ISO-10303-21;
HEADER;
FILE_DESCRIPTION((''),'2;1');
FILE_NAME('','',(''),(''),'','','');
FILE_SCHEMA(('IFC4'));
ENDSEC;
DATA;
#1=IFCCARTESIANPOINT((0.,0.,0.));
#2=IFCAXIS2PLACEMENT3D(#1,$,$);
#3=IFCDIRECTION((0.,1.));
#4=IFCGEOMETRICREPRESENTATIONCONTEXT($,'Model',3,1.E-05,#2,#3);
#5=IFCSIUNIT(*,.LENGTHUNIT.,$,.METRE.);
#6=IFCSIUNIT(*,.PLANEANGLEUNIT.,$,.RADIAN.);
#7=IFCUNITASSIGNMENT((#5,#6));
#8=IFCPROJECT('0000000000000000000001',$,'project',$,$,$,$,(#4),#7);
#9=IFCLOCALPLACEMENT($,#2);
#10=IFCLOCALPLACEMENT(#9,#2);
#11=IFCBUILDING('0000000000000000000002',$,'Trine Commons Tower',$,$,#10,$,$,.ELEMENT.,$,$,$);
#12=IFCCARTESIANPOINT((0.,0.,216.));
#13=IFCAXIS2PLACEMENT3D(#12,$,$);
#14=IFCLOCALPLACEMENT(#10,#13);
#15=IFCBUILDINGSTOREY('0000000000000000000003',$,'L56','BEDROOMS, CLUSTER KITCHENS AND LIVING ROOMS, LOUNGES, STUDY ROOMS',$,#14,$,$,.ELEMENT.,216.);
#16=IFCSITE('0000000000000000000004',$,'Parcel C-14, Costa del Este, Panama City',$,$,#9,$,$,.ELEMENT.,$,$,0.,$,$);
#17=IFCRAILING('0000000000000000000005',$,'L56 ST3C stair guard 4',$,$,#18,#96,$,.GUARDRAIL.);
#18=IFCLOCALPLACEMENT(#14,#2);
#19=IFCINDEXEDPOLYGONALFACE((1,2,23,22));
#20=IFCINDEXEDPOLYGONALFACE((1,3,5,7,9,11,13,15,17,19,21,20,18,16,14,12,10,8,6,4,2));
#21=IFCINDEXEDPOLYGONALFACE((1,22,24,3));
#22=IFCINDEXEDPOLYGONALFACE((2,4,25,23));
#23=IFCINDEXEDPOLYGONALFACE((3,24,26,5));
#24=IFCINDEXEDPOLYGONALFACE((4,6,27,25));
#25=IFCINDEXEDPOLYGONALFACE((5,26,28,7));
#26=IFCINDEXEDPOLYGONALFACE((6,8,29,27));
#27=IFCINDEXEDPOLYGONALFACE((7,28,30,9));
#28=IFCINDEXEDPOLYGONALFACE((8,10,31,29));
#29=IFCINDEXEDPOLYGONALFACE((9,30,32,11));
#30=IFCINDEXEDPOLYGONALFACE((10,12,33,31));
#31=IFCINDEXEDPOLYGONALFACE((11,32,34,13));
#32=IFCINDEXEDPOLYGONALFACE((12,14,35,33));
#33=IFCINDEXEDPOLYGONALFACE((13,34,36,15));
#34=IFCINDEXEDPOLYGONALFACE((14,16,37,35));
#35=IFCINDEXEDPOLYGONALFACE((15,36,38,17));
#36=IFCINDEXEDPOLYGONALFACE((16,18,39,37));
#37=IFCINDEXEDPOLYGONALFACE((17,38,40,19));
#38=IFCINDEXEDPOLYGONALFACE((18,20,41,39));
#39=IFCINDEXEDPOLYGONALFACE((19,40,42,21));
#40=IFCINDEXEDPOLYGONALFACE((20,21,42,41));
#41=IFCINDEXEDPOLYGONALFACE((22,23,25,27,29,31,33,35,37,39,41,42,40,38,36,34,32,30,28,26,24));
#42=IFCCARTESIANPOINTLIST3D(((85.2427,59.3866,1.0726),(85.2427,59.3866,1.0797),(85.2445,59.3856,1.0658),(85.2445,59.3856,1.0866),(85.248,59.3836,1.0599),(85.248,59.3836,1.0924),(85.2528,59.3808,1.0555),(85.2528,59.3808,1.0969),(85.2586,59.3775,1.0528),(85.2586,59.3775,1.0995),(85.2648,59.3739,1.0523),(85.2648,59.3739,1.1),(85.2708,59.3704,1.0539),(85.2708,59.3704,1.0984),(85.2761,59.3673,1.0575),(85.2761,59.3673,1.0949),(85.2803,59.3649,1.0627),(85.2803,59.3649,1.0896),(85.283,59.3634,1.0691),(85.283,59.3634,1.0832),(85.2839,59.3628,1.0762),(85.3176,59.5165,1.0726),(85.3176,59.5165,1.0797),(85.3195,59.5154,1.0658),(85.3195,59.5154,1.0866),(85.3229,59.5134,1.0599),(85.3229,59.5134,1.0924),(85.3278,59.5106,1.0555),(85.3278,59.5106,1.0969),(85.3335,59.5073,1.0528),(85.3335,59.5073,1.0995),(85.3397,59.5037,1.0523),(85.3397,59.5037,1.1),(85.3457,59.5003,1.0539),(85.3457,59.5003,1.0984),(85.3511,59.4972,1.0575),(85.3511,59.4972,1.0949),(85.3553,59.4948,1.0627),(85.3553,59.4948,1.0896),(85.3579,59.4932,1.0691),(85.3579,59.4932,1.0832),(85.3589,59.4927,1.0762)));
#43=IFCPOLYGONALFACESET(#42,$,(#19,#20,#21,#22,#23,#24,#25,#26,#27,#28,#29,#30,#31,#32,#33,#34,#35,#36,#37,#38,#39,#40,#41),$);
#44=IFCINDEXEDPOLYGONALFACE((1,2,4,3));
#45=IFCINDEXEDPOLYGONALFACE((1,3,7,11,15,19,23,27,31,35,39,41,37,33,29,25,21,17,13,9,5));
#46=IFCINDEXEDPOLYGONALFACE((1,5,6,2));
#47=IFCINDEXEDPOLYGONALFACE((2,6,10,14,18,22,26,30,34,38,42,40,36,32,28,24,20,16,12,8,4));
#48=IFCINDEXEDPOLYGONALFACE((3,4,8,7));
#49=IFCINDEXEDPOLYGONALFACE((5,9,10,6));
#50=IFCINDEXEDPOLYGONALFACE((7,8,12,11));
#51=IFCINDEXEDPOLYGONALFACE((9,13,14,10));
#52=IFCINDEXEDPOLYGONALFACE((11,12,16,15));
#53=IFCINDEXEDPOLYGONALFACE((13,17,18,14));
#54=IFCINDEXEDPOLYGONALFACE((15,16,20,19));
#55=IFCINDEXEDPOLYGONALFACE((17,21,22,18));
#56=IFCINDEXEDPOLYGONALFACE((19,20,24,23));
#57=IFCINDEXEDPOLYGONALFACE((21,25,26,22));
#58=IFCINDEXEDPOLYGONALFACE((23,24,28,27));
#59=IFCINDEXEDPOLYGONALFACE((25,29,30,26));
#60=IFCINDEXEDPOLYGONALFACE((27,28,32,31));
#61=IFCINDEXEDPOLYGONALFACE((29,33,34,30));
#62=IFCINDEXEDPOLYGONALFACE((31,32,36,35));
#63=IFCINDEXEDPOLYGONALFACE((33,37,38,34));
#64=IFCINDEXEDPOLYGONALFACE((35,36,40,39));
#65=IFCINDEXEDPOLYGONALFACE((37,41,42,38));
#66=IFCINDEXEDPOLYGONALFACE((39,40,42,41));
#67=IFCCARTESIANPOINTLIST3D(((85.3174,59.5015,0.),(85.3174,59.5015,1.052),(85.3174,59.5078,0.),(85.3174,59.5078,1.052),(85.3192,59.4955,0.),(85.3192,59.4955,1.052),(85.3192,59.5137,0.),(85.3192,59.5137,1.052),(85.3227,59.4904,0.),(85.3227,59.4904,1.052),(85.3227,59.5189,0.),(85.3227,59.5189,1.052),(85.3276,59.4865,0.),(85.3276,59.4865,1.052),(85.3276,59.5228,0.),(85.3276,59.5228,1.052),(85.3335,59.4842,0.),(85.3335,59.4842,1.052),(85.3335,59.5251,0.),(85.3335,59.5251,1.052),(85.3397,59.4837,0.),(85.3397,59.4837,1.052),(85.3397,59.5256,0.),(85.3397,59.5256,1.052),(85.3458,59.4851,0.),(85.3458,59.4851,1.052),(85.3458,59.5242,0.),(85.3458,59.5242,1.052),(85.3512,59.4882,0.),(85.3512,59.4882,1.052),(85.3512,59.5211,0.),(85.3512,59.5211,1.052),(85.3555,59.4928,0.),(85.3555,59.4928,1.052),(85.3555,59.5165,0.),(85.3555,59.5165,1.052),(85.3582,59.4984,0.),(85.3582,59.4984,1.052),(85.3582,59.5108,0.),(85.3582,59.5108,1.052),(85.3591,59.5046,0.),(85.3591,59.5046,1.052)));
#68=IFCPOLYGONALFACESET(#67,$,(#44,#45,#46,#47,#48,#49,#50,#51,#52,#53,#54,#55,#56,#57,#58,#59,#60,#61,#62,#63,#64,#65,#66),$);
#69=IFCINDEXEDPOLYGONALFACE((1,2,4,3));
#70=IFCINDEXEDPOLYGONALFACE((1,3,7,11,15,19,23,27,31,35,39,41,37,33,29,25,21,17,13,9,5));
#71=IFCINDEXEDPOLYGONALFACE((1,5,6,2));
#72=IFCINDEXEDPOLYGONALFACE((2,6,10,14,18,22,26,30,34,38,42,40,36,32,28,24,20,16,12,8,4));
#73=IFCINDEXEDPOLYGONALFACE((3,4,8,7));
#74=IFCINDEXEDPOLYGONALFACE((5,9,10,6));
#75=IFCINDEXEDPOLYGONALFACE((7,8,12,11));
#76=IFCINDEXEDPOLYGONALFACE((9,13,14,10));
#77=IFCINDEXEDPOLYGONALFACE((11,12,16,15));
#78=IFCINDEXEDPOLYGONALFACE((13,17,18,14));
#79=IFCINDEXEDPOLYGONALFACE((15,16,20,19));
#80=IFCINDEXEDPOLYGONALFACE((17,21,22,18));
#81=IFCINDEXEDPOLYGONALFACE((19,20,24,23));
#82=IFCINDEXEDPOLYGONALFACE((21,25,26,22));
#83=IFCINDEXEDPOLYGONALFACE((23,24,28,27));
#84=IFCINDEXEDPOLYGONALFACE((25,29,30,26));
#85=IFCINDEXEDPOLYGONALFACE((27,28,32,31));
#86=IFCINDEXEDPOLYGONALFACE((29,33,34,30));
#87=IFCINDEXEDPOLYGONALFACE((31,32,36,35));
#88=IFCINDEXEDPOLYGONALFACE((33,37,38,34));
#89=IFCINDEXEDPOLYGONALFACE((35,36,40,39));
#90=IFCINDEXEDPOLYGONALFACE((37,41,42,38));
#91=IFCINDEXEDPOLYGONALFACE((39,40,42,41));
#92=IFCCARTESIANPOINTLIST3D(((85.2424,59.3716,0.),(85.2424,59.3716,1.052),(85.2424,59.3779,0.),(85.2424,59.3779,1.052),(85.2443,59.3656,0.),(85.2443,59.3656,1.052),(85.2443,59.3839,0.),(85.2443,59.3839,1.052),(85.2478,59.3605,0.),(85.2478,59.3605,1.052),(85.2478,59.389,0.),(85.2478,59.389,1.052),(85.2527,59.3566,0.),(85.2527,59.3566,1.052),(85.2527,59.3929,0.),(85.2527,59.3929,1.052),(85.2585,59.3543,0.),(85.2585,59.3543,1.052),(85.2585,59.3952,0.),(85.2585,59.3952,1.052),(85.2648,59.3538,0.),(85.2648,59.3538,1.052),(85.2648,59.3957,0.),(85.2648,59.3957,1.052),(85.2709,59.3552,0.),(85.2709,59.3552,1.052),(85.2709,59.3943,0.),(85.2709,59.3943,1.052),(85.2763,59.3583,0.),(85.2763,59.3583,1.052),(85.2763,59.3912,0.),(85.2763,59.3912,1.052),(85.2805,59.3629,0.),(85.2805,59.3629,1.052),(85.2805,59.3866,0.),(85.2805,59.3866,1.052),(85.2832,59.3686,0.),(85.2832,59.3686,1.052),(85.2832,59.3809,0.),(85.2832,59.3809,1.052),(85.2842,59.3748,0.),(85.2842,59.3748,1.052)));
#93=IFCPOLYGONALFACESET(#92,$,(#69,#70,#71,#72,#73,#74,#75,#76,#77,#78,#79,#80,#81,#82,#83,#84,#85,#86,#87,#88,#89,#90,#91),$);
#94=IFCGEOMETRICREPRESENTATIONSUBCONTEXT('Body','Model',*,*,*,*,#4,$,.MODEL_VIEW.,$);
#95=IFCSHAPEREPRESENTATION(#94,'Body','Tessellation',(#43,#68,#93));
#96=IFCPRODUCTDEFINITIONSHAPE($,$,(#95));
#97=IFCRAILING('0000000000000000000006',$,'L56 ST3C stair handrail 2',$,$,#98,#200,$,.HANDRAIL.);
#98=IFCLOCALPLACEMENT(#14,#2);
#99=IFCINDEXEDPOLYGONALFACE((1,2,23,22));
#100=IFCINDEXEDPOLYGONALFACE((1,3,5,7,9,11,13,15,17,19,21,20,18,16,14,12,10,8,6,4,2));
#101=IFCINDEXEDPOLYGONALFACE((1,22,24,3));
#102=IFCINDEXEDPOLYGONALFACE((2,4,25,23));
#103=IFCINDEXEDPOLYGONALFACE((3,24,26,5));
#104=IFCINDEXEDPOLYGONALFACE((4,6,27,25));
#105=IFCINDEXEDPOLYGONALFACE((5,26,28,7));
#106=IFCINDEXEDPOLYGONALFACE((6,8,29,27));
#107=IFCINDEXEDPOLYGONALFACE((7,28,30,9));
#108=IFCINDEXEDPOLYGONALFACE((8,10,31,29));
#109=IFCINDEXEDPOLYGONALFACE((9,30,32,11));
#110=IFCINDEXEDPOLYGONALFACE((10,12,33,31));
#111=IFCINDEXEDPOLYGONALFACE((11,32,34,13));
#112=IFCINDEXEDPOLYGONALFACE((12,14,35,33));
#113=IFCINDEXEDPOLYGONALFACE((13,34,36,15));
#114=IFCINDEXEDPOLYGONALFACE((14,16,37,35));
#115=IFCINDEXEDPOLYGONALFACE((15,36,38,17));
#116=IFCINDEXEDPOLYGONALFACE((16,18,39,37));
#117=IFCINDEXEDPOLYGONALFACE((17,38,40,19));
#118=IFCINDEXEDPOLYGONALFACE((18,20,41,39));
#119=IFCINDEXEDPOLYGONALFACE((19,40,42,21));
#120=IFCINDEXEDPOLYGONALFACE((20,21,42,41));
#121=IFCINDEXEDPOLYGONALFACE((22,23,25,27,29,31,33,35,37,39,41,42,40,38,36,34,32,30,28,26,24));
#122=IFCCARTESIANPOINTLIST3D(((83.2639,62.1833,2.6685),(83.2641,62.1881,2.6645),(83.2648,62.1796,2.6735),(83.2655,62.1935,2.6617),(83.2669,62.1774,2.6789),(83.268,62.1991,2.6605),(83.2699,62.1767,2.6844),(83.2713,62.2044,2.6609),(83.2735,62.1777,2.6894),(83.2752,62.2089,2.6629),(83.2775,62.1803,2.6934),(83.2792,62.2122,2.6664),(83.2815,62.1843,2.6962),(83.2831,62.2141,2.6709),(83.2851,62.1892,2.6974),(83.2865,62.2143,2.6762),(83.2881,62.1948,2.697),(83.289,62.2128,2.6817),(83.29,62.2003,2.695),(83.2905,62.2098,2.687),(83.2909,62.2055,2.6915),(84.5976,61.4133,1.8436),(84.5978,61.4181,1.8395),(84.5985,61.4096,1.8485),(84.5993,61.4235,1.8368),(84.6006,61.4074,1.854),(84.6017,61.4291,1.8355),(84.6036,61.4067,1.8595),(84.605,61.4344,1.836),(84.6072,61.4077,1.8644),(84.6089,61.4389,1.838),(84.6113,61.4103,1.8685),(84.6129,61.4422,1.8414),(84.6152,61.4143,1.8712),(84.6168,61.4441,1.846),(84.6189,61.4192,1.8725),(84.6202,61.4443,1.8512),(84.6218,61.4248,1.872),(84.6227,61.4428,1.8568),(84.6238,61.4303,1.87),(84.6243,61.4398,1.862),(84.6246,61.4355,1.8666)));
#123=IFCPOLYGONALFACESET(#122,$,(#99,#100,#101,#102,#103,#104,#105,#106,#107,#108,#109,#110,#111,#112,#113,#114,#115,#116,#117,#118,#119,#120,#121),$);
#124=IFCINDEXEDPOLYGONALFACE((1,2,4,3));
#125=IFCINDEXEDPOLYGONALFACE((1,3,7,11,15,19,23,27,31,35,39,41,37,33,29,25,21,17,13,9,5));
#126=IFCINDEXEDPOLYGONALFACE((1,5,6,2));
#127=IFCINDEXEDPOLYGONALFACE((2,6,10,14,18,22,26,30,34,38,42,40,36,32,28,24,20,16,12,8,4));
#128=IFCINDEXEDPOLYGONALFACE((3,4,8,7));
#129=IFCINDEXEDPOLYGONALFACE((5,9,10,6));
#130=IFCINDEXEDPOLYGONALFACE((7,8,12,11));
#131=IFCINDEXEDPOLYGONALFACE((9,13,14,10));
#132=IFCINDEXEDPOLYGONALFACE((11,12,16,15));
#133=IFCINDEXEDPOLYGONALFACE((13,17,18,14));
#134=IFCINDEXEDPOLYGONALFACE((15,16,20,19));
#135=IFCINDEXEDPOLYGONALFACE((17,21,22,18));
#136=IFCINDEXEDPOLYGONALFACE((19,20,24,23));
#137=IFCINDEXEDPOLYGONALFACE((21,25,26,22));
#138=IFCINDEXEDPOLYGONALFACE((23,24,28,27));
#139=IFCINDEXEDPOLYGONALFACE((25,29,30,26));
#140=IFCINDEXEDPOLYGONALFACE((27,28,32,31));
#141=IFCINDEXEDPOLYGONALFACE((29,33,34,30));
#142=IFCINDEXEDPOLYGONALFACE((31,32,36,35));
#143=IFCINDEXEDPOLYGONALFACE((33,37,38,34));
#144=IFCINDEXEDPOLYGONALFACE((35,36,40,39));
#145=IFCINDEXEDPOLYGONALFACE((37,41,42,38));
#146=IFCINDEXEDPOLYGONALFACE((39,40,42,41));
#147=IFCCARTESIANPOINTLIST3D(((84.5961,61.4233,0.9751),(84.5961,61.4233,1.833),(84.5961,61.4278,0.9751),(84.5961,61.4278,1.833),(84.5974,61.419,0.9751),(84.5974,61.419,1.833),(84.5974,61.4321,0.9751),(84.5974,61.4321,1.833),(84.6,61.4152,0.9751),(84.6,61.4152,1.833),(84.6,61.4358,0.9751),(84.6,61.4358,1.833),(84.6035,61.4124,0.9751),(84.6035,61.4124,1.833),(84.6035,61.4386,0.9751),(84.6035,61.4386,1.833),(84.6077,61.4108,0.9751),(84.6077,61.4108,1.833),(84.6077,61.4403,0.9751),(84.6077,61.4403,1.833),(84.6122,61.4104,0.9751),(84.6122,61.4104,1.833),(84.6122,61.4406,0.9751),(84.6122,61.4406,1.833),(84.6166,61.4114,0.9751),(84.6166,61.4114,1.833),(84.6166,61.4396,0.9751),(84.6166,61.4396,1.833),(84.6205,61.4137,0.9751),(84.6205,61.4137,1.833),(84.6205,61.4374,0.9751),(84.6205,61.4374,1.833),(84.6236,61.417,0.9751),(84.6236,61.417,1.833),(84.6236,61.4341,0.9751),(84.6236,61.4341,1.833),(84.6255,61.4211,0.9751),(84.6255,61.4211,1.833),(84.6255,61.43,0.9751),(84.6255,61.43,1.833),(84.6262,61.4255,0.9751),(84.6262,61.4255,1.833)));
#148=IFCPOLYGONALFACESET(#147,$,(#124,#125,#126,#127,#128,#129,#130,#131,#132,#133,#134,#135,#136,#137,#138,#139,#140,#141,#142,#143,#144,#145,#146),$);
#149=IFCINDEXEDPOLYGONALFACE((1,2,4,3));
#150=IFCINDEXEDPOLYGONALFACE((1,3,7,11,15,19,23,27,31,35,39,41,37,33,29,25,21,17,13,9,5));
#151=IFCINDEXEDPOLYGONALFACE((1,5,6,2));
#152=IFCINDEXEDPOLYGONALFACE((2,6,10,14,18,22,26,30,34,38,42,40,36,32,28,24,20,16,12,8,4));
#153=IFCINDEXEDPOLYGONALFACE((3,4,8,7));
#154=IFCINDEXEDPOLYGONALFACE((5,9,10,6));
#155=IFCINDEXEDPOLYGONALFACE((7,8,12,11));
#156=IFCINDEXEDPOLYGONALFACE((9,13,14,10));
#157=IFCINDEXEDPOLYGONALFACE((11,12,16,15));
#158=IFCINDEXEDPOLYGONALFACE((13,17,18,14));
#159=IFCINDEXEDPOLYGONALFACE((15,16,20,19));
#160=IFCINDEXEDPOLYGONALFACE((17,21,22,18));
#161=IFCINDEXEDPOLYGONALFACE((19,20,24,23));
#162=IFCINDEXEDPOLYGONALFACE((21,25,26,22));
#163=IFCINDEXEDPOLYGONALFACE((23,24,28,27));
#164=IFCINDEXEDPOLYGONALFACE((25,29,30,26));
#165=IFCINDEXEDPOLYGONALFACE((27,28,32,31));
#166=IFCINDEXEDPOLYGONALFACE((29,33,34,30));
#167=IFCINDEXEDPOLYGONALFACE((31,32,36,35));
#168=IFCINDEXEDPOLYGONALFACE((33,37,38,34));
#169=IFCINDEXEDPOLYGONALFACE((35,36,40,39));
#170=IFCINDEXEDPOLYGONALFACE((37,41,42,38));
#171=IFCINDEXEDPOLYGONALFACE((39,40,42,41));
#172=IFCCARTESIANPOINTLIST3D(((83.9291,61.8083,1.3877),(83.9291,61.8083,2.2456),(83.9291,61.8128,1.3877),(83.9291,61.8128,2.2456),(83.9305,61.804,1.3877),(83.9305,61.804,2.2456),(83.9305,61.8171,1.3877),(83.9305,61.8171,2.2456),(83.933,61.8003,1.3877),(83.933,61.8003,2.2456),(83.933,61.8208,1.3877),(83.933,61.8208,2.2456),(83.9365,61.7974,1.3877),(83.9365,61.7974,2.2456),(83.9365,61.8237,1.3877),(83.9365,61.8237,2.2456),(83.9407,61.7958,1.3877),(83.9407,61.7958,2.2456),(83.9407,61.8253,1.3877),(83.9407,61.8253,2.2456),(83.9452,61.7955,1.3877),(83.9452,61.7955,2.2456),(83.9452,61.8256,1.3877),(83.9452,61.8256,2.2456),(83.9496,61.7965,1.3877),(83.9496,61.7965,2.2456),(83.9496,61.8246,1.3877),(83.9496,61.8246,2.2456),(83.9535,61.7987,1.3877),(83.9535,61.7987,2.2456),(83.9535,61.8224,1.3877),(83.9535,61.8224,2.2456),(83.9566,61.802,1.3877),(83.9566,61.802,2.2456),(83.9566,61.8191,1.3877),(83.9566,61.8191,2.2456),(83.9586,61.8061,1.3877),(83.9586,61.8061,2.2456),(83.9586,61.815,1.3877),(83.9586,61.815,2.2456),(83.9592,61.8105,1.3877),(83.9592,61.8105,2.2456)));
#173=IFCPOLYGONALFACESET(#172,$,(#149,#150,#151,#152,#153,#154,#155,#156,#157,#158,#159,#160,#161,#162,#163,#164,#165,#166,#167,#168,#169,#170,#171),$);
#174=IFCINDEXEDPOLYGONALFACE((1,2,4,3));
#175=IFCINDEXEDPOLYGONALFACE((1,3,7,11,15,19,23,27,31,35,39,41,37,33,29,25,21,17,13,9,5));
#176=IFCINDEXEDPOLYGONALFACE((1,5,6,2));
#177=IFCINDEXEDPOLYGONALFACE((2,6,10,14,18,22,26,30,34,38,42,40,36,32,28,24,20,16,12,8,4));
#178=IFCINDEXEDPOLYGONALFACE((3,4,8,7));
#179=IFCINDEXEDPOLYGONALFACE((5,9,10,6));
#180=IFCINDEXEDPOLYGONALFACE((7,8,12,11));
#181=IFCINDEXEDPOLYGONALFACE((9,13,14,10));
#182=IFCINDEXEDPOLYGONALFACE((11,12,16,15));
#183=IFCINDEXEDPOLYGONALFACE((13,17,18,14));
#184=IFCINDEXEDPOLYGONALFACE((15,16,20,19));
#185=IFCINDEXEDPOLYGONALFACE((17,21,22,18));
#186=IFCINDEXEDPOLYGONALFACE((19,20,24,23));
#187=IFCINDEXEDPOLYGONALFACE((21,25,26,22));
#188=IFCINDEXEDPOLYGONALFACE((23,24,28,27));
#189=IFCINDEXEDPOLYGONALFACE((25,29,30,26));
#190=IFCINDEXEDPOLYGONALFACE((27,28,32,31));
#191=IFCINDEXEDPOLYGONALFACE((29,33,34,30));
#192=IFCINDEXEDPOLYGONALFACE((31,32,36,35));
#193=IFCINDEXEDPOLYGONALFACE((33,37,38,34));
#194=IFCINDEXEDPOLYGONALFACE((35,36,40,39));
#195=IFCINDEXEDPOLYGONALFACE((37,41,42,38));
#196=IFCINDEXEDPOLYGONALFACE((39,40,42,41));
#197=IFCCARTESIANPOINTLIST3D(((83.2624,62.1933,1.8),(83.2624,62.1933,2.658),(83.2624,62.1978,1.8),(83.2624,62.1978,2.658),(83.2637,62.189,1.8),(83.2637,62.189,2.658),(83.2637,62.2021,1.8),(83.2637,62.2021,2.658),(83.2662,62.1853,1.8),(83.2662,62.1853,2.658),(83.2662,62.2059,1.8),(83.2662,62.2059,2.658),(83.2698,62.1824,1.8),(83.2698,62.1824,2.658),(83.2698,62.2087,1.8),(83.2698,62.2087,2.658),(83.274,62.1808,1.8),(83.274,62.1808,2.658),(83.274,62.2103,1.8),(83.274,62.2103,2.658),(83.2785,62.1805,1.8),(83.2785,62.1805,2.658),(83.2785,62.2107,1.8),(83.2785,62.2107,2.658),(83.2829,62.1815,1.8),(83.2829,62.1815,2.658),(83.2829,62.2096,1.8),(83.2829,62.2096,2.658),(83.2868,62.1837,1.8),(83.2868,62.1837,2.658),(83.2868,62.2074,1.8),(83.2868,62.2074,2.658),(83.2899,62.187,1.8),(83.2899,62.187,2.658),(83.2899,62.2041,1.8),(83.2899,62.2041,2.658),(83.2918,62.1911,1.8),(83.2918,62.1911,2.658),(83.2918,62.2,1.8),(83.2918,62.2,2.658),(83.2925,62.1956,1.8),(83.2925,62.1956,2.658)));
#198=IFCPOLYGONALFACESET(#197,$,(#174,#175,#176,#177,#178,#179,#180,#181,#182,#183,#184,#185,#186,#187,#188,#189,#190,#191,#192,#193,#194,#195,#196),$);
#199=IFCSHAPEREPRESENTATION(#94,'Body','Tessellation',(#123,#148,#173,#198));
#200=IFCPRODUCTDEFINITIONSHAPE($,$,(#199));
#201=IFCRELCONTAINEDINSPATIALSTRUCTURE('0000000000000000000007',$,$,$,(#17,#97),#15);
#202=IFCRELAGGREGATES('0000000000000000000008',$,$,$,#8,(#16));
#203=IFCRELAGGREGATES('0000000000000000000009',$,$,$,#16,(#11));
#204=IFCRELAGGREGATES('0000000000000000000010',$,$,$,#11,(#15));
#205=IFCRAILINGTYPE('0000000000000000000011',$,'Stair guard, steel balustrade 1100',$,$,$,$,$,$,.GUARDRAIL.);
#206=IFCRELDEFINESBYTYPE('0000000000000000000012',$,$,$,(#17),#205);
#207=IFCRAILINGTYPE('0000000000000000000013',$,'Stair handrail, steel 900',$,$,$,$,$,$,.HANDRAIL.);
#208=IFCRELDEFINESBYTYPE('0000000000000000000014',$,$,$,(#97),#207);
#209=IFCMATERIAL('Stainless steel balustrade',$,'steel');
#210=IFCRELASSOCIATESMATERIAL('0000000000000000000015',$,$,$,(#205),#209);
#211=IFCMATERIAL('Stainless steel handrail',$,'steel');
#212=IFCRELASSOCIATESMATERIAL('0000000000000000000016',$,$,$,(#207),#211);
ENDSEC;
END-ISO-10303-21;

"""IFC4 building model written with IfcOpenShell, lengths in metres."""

from ifc_helpers import new_model, si_unit, direction, frame, origin, origin_2d, place, context, subcontext, project, spatial, circle, extrude, material, type_object, element, save


model = new_model("IFC4")

# Units and contexts
model_context = context("Model", 3, precision=1e-05, world=origin(), true_north=direction((0.0, 1.0)))
body_context = subcontext(model_context, "Body", "Model", "MODEL_VIEW")
ifc_project = project(units=[si_unit("LENGTHUNIT", "METRE"), si_unit("PLANEANGLEUNIT", "RADIAN")], contexts=[model_context])

# Site, building, storey
site_placement = place(None, origin())
site = spatial("IfcSite", under=ifc_project, at=site_placement, Name="Parcel C-14, Costa del Este, Panama City", CompositionType="ELEMENT", RefElevation=0.0)
building_placement = place(site_placement, origin())
building = spatial("IfcBuilding", under=site, at=building_placement, Name="Trine Commons Tower", CompositionType="ELEMENT")
storey_placement = place(building_placement, frame((0.0, 0.0, 216.0)))
storey = spatial("IfcBuildingStorey", under=building, at=storey_placement, Name="L56", Description="BEDROOMS, CLUSTER KITCHENS AND LIVING ROOMS, LOUNGES, STUDY ROOMS", CompositionType="ELEMENT", Elevation=216.0)

# Railings
ifc_material_1 = material(Name="Stainless steel balustrade", Category="steel")
railing_type_1 = type_object("IfcRailingType", Name="Stair guard, steel balustrade 1100", PredefinedType="GUARDRAIL", material=ifc_material_1)
railing_1_placement = place(storey_placement, frame((85.3381, 59.5046, 0.0)))
element("IfcRailing", 1, at=railing_1_placement, inside=storey, type_object=railing_type_1, Name="L56 ST3C stair guard 4", PredefinedType="GUARDRAIL", context=body_context, shape_type="SweptSolid", body=[
    extrude(circle(Radius=0.0239, at=origin_2d()), frame((0.0, 0.0, 1.0762), z_axis=(-0.499816, -0.866131, 0.0), x_axis=(0.866131, -0.499816, 0.0)), (0.0, 0.0, 1.0), 0.1499),
    extrude(circle(Radius=0.021, at=origin_2d()), origin(), (0.0, 0.0, 1.0), 1.052),
    extrude(circle(Radius=0.021, at=origin_2d()), frame((-0.075, -0.1299, 0.0)), (0.0, 0.0, 1.0), 1.052),
])
ifc_material_2 = material(Name="Stainless steel handrail", Category="steel")
railing_type_2 = type_object("IfcRailingType", Name="Stair handrail, steel 900", PredefinedType="HANDRAIL", material=ifc_material_2)
railing_2_placement = place(storey_placement, frame((84.6111, 61.4255, 0.9751)))
element("IfcRailing", 2, at=railing_2_placement, inside=storey, type_object=railing_type_2, Name="L56 ST3C stair handrail 2", PredefinedType="HANDRAIL", context=body_context, shape_type="SweptSolid", body=[
    extrude(circle(Radius=0.021, at=origin_2d()), frame((0.0, 0.0, 0.8789), z_axis=(-0.763405, 0.440743, 0.472185), x_axis=(-0.499992, -0.86603, 0.0)), (0.0, 0.0, 1.0), 1.7471),
    extrude(circle(Radius=0.0151, at=origin_2d()), origin(), (0.0, 0.0, 1.0), 0.8579),
    extrude(circle(Radius=0.0151, at=origin_2d()), frame((-0.667, 0.385, 0.4126)), (0.0, 0.0, 1.0), 0.8579),
    extrude(circle(Radius=0.0151, at=origin_2d()), frame((-1.3337, 0.77, 0.825)), (0.0, 0.0, 1.0), 0.8579),
])

save(model, "model.ifc")
